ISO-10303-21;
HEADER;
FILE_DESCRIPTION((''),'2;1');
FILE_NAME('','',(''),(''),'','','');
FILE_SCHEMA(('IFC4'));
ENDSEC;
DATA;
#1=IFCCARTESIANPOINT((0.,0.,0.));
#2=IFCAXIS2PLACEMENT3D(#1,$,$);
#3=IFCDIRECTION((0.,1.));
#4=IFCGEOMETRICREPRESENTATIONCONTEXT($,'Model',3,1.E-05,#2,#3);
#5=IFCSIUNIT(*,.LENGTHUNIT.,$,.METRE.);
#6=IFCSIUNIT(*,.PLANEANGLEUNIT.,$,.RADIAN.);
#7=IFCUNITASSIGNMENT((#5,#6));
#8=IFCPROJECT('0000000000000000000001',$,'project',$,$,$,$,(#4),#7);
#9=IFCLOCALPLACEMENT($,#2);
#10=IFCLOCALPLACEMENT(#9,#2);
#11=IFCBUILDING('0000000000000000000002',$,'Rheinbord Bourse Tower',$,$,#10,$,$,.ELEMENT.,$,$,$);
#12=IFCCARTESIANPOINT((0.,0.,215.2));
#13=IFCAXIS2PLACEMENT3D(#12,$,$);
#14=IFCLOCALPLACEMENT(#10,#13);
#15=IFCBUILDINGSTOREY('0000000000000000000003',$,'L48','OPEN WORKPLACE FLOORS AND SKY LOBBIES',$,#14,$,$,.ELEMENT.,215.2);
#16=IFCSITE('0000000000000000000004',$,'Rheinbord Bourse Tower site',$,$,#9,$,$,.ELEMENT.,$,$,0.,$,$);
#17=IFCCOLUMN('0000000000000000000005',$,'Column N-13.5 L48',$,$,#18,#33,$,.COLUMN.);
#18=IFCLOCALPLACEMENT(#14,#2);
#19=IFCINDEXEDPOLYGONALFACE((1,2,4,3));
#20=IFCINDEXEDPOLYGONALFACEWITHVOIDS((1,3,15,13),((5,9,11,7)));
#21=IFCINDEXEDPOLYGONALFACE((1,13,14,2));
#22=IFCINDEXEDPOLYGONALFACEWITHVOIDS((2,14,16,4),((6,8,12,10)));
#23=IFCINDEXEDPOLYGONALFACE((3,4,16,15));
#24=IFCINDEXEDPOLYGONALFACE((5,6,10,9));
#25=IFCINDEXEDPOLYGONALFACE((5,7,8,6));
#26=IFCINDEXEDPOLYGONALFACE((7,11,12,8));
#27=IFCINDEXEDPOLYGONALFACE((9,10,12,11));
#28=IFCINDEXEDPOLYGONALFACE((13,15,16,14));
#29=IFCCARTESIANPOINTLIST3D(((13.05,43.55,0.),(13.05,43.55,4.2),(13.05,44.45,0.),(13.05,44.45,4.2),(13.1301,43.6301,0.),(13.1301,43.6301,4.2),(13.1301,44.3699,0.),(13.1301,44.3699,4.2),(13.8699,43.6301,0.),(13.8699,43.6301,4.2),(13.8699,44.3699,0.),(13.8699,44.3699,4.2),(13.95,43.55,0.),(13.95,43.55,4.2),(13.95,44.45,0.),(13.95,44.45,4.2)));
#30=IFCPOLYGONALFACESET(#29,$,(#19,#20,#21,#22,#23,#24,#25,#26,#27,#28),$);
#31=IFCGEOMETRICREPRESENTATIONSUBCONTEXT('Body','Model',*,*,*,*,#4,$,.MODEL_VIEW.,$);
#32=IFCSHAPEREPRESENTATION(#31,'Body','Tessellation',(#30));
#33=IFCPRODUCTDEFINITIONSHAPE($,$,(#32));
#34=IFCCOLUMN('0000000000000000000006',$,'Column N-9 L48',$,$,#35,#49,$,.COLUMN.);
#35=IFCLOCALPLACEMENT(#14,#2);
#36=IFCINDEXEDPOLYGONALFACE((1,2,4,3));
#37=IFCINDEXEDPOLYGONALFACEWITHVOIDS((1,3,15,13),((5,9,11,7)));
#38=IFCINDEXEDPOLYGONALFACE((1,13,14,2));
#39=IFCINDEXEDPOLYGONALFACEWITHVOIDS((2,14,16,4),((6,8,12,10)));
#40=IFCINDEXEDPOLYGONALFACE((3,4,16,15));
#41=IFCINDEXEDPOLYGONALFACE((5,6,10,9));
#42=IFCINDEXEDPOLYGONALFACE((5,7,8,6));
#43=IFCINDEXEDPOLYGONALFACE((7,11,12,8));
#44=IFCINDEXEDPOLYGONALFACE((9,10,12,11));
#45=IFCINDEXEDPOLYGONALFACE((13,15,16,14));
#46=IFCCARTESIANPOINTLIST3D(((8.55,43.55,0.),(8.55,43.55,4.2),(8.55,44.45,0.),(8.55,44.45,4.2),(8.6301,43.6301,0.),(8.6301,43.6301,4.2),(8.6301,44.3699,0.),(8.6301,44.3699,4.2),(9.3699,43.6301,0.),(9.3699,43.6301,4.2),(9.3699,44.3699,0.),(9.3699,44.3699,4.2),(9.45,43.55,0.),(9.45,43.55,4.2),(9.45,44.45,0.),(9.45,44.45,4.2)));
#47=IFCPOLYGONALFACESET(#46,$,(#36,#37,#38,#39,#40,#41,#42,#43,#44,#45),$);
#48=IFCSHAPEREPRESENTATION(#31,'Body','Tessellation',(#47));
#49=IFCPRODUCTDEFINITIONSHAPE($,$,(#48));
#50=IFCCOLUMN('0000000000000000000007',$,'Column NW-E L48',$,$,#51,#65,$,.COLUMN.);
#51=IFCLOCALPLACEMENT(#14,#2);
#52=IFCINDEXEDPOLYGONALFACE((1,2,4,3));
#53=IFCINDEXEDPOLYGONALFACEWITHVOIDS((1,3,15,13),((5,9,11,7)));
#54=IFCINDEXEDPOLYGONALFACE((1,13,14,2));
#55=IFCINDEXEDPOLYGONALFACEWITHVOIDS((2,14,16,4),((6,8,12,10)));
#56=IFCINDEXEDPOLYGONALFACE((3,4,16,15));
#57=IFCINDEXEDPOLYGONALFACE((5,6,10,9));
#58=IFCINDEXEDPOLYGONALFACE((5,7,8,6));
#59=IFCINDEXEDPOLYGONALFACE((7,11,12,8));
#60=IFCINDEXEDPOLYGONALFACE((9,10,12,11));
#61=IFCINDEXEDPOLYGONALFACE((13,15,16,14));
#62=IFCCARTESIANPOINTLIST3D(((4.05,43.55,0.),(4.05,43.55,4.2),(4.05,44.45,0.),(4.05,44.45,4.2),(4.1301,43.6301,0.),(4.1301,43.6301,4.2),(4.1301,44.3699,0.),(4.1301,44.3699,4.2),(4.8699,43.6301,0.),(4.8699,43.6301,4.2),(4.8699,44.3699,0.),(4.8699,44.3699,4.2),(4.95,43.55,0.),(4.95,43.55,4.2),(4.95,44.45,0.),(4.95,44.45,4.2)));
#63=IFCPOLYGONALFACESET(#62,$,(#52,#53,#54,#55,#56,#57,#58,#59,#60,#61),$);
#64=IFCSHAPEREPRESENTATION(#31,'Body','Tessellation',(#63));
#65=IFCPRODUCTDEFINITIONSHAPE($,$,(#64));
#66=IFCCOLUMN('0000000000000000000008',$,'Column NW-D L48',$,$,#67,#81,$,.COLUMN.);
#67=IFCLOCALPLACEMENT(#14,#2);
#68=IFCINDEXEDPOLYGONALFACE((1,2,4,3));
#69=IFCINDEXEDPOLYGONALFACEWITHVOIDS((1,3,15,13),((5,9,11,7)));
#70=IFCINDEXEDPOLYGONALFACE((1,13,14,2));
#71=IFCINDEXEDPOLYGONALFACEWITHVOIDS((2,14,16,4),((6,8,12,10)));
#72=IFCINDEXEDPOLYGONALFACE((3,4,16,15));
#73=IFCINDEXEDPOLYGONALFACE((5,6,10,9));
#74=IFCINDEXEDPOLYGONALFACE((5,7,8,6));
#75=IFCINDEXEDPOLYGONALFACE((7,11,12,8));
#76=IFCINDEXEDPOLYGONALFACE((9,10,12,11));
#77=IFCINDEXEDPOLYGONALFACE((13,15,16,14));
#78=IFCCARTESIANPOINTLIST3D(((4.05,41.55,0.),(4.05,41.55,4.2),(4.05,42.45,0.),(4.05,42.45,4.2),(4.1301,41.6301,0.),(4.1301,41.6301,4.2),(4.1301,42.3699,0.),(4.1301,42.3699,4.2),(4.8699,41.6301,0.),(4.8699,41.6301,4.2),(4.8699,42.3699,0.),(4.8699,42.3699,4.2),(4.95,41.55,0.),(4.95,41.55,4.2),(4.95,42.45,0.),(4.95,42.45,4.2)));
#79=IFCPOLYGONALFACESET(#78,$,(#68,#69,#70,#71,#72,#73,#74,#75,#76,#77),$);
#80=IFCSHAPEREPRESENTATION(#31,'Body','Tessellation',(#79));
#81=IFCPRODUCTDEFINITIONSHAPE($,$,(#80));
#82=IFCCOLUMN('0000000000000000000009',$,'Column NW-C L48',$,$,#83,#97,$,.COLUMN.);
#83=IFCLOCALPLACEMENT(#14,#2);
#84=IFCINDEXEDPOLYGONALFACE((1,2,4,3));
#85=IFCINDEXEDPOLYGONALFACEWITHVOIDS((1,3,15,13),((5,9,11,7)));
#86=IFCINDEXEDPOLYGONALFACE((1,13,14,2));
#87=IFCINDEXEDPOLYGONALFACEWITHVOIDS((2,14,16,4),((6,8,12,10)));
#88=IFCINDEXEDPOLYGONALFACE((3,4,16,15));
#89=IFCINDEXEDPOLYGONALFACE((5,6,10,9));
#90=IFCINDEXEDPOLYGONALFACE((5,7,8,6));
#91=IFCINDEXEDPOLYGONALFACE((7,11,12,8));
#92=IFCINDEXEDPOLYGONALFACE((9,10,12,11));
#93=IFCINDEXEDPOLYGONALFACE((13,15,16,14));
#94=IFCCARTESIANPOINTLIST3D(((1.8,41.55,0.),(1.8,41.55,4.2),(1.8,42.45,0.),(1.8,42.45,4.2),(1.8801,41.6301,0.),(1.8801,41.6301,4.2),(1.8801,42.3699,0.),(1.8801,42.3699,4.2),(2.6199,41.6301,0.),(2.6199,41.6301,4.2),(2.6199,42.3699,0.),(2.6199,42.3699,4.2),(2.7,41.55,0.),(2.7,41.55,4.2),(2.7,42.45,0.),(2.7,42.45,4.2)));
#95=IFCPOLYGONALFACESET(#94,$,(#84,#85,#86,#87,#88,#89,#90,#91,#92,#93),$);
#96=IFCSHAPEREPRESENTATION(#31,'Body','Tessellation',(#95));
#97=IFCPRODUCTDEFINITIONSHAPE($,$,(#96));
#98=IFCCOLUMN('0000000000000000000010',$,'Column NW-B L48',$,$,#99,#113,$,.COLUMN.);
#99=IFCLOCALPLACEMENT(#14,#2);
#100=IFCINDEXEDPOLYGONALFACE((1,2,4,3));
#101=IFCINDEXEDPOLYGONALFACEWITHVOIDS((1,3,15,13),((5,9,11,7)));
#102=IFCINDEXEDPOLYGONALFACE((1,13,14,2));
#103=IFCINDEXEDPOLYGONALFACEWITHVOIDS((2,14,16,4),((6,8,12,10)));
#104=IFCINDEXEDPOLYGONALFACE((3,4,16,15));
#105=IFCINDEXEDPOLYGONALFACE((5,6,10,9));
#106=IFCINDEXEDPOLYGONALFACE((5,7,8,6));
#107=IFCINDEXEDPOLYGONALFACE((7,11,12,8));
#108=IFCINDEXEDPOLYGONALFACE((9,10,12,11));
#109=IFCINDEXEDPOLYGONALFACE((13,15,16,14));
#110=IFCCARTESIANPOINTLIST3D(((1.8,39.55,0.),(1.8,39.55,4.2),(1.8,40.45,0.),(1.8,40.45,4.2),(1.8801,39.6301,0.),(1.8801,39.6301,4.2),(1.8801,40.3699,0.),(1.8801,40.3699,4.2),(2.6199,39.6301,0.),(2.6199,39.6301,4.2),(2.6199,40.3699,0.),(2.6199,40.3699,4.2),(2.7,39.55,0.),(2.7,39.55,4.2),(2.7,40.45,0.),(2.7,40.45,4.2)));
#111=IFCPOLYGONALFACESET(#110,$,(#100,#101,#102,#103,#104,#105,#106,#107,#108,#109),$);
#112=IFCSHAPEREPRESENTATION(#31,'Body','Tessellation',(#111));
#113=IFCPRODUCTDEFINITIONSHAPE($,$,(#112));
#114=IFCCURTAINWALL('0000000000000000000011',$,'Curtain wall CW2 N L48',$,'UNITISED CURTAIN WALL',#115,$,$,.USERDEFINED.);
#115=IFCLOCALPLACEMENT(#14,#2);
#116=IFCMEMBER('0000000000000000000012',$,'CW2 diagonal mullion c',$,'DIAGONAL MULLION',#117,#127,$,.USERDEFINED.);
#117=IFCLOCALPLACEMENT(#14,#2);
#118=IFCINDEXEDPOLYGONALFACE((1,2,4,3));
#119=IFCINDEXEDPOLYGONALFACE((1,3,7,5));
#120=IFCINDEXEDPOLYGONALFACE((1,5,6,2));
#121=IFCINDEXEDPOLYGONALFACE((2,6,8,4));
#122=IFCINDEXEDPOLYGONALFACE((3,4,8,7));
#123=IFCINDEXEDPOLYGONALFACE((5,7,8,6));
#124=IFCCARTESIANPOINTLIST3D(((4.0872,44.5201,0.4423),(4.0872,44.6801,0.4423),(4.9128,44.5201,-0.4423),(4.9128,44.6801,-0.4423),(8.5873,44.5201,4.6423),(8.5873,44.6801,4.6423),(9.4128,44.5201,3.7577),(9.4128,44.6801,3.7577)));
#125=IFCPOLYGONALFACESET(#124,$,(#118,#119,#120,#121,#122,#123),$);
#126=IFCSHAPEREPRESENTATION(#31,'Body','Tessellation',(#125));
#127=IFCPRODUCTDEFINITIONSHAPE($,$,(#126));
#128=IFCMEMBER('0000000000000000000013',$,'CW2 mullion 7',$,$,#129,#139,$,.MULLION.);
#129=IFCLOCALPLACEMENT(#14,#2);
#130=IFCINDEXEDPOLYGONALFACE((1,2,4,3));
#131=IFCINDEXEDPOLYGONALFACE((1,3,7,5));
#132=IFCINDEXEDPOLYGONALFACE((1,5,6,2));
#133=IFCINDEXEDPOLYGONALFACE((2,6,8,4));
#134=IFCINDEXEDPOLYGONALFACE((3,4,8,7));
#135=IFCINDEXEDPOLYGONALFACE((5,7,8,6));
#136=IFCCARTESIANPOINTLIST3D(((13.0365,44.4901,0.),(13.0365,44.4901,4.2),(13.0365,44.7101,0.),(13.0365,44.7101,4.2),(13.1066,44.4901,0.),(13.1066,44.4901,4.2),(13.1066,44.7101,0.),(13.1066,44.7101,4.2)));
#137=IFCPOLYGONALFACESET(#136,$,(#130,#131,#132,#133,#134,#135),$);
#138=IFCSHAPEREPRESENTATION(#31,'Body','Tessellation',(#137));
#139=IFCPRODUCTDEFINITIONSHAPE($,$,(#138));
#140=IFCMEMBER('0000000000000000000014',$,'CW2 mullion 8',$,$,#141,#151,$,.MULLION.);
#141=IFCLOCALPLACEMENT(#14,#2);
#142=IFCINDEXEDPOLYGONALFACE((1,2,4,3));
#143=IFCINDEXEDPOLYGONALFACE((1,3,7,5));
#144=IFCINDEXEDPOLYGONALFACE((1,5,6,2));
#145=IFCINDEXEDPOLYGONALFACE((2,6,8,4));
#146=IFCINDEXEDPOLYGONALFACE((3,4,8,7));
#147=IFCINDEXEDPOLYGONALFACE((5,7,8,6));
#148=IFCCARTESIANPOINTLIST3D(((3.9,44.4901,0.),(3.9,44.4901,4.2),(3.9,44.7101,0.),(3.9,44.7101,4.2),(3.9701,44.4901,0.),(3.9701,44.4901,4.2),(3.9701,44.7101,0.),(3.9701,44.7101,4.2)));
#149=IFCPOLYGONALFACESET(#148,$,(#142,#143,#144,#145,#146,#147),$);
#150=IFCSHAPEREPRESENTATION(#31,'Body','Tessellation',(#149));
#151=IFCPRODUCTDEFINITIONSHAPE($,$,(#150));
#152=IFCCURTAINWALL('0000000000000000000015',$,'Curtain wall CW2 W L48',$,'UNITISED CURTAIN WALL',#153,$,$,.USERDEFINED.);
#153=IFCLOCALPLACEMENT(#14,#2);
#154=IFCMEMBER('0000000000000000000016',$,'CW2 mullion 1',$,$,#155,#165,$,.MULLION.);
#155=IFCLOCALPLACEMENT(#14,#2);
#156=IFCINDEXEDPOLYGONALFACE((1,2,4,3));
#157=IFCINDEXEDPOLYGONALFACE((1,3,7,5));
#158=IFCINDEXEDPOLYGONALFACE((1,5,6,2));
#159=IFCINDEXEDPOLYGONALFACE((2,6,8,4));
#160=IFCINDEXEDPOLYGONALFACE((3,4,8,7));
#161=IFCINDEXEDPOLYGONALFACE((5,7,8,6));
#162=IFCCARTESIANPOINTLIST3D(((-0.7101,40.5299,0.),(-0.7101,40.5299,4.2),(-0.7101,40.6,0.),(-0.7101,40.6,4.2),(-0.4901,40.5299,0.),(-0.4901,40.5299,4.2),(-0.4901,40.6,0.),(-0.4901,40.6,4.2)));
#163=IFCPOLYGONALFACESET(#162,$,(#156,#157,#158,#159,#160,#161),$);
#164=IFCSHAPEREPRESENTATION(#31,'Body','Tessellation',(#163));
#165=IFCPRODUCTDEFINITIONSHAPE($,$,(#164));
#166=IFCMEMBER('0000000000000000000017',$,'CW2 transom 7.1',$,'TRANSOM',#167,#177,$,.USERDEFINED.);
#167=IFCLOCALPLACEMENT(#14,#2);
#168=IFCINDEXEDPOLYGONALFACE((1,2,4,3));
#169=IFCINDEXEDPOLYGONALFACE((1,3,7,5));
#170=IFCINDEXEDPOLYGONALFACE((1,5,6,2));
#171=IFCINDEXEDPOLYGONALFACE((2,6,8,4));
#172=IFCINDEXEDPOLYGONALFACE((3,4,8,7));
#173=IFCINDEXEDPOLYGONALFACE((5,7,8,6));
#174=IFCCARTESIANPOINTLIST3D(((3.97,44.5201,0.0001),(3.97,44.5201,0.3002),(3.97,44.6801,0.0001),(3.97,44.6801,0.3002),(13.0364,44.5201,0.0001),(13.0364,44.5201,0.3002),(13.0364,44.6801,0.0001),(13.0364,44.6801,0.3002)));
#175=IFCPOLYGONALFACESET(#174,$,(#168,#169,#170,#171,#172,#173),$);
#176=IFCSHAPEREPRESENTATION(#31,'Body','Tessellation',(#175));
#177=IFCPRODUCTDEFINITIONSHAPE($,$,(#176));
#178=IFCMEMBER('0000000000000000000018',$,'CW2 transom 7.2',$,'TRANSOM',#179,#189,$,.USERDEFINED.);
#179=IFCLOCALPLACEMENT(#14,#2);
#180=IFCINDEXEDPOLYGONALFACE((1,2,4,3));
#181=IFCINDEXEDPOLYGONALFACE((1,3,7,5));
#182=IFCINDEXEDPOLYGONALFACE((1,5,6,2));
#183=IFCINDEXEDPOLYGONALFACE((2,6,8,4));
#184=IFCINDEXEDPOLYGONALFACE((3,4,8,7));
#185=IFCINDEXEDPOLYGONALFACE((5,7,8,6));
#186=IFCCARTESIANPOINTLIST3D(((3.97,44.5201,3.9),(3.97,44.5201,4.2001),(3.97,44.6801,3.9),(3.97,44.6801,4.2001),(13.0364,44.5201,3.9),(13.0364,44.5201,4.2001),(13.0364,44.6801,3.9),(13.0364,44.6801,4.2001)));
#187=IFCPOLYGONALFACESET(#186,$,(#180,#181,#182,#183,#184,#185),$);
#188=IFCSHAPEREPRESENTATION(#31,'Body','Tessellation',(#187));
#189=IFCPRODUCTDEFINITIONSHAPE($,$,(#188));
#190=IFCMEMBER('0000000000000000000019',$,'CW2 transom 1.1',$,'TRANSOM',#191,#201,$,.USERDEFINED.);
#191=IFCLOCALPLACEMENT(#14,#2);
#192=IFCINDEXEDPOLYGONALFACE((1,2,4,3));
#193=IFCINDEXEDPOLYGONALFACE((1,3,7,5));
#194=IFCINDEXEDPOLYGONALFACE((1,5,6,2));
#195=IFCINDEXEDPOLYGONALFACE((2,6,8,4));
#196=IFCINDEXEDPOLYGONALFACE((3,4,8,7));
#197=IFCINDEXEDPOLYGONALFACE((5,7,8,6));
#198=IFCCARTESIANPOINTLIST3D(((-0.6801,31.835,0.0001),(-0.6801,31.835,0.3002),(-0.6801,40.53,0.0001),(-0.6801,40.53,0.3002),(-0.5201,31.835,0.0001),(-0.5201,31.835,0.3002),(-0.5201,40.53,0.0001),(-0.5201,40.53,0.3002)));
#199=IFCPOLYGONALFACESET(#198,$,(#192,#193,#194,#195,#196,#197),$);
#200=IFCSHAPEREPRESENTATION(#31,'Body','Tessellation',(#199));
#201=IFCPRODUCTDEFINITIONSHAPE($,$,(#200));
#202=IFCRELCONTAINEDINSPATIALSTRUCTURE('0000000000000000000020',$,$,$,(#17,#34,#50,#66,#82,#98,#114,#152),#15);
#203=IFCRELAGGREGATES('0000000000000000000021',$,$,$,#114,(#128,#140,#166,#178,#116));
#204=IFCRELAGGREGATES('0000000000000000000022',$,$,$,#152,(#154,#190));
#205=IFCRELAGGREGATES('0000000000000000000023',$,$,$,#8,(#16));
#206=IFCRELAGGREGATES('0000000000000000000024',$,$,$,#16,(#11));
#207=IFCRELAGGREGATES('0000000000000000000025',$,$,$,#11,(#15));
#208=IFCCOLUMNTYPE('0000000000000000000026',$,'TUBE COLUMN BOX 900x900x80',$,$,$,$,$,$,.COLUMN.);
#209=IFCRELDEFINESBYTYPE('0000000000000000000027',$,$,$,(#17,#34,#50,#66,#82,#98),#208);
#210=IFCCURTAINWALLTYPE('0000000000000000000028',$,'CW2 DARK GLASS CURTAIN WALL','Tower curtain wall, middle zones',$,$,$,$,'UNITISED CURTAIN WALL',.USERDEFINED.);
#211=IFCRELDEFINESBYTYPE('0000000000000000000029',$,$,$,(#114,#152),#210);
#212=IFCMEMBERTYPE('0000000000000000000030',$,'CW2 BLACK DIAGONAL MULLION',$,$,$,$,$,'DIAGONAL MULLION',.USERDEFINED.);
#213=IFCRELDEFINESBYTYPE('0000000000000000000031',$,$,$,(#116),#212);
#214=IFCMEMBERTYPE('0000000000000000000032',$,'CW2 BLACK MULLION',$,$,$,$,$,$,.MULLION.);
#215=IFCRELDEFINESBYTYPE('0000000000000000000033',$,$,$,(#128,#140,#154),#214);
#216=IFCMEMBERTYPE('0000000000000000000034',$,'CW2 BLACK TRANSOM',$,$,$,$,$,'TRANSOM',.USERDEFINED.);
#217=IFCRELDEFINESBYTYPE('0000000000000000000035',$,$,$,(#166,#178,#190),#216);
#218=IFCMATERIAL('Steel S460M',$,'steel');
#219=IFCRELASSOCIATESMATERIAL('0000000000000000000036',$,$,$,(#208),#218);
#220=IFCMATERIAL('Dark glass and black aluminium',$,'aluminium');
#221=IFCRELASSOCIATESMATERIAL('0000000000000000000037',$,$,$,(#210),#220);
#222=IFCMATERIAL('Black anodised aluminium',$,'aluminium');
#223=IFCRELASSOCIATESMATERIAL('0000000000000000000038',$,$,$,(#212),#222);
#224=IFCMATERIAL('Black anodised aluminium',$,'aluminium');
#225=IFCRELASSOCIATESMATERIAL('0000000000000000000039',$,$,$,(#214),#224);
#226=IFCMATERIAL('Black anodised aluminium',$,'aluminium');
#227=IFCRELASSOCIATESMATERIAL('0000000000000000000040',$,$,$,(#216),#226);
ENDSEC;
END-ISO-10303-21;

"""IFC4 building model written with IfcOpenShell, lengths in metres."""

from ifc_helpers import new_model, si_unit, direction, frame, origin, origin_2d, place, context, subcontext, project, spatial, rectangle, hollow_rectangle, extrude, material, material_profile, profile_set, type_object, element, aggregate, save


model = new_model("IFC4")

# Units and contexts
model_context = context("Model", 3, precision=1e-05, world=origin(), true_north=direction((0.0, 1.0)))
body_context = subcontext(model_context, "Body", "Model", "MODEL_VIEW")
ifc_project = project(units=[si_unit("LENGTHUNIT", "METRE"), si_unit("PLANEANGLEUNIT", "RADIAN")], contexts=[model_context])

# Site, building, storey
site_placement = place(None, origin())
site = spatial("IfcSite", under=ifc_project, at=site_placement, Name="Rheinbord Bourse Tower site", CompositionType="ELEMENT", RefElevation=0.0)
building_placement = place(site_placement, origin())
building = spatial("IfcBuilding", under=site, at=building_placement, Name="Rheinbord Bourse Tower", CompositionType="ELEMENT")
storey_placement = place(building_placement, frame((0.0, 0.0, 215.2)))
storey = spatial("IfcBuildingStorey", under=building, at=storey_placement, Name="L48", Description="OPEN WORKPLACE FLOORS AND SKY LOBBIES", CompositionType="ELEMENT", Elevation=215.2)

# Columns
ifc_material_1 = material(Name="Steel S460M", Category="steel")
ifc_material_profile_1 = material_profile(ifc_material_1, hollow_rectangle(XDim=0.8999, YDim=0.8999, WallThickness=0.0801, at=origin_2d()), Name="BOX 900x900x80")
ifc_profile_set_1 = profile_set([ifc_material_profile_1], Name="Steel S460M")
column_type = type_object("IfcColumnType", Name="TUBE COLUMN BOX 900x900x80", PredefinedType="COLUMN", material=ifc_profile_set_1)
for number, where, z_axis, x_axis, name in (
    (1, (13.5, 44.0, 0.0), (0.0, 0.0, 1.0), (0.0, 1.0, 0.0), "Column N-13.5 L48"),
    (2, (9.0, 44.0, 0.0), (0.0, 0.0, 1.0), (0.0, 1.0, 0.0), "Column N-9 L48"),
    (3, (4.5, 44.0, 0.0), (0.0, 0.0, 1.0), (0.0, 1.0, 0.0), "Column NW-E L48"),
    (4, (4.5, 42.0, 0.0), (0.0, 0.0, 1.0), (0.0, 1.0, 0.0), "Column NW-D L48"),
    (5, (2.25, 42.0, 0.0), (0.0, 0.0, 1.0), (1.0, 0.0, 0.0), "Column NW-C L48"),
    (6, (2.25, 40.0, 0.0), (0.0, 0.0, 1.0), (1.0, 0.0, 0.0), "Column NW-B L48"),
):
    element("IfcColumn", number, at=place(storey_placement, frame(where, z_axis=z_axis, x_axis=x_axis)), inside=storey, type_object=column_type, Name=name, PredefinedType="COLUMN", context=body_context, shape_type="SweptSolid", body=[
        extrude(hollow_rectangle(XDim=0.8999, YDim=0.8999, WallThickness=0.0801, at=origin_2d()), origin(), (0.0, 0.0, 1.0), 4.2),
    ])

# Curtain wall, members
ifc_material_2 = material(Name="Dark glass and black aluminium", Category="aluminium")
curtain_wall_type = type_object("IfcCurtainWallType", Name="CW2 DARK GLASS CURTAIN WALL", Description="Tower curtain wall, middle zones", ElementType="UNITISED CURTAIN WALL", PredefinedType="USERDEFINED", material=ifc_material_2)
curtain_wall_1_placement = place(storey_placement, origin())
curtain_wall_1 = element("IfcCurtainWall", 7, at=curtain_wall_1_placement, inside=storey, type_object=curtain_wall_type, Name="Curtain wall CW2 N L48", ObjectType="UNITISED CURTAIN WALL", PredefinedType="USERDEFINED")
ifc_material_3 = material(Name="Black anodised aluminium", Category="aluminium")
ifc_material_profile_2 = material_profile(ifc_material_3, rectangle(XDim=0.1599, YDim=1.21, at=origin_2d()), Name="CW2 DIAGONAL MULLION 1210x160")
ifc_profile_set_2 = profile_set([ifc_material_profile_2], Name="Black anodised aluminium")
member_type_1 = type_object("IfcMemberType", Name="CW2 BLACK DIAGONAL MULLION", ElementType="DIAGONAL MULLION", PredefinedType="USERDEFINED", material=ifc_profile_set_2)
member_1_placement = place(storey_placement, frame((4.5, 44.6001, 0.0), z_axis=(0.731059, 0.0, 0.682314), x_axis=(0.0, 1.0, 0.0)))
member_1 = element("IfcMember", 8, at=member_1_placement, type_object=member_type_1, Name="CW2 diagonal mullion c", ObjectType="DIAGONAL MULLION", PredefinedType="USERDEFINED", context=body_context, shape_type="SweptSolid", body=[
    extrude(rectangle(XDim=0.1599, YDim=1.21, at=origin_2d()), origin(), (0.0, 0.0, 1.0), 6.1555),
])
ifc_material_4 = material(Name="Black anodised aluminium", Category="aluminium")
ifc_material_profile_3 = material_profile(ifc_material_4, rectangle(XDim=0.22, YDim=0.0701, at=origin_2d()), Name="CW2 MULLION 70x220")
ifc_profile_set_3 = profile_set([ifc_material_profile_3], Name="Black anodised aluminium")
member_type_2 = type_object("IfcMemberType", Name="CW2 BLACK MULLION", PredefinedType="MULLION", material=ifc_profile_set_3)
member_2_placement = place(storey_placement, frame((13.0715, 44.6001, 0.0), z_axis=(0.0, 0.0, 1.0), x_axis=(0.0, -1.0, 0.0)))
member_2 = element("IfcMember", 9, at=member_2_placement, type_object=member_type_2, Name="CW2 mullion 7", PredefinedType="MULLION", context=body_context, shape_type="SweptSolid", body=[
    extrude(rectangle(XDim=0.22, YDim=0.0701, at=origin_2d()), origin(), (0.0, 0.0, 1.0), 4.2),
])
member_3_placement = place(storey_placement, frame((3.9351, 44.6001, 0.0), z_axis=(0.0, 0.0, 1.0), x_axis=(0.0, -1.0, 0.0)))
member_3 = element("IfcMember", 10, at=member_3_placement, type_object=member_type_2, Name="CW2 mullion 8", PredefinedType="MULLION", context=body_context, shape_type="SweptSolid", body=[
    extrude(rectangle(XDim=0.22, YDim=0.0701, at=origin_2d()), origin(), (0.0, 0.0, 1.0), 4.2),
])

# Curtain wall, member
curtain_wall_2_placement = place(storey_placement, origin())
curtain_wall_2 = element("IfcCurtainWall", 11, at=curtain_wall_2_placement, inside=storey, type_object=curtain_wall_type, Name="Curtain wall CW2 W L48", ObjectType="UNITISED CURTAIN WALL", PredefinedType="USERDEFINED")
member_4_placement = place(storey_placement, frame((-0.6001, 40.5649, 0.0), z_axis=(0.0, 0.0, 1.0), x_axis=(1.0, 0.0, 0.0)))
member_4 = element("IfcMember", 12, at=member_4_placement, type_object=member_type_2, Name="CW2 mullion 1", PredefinedType="MULLION", context=body_context, shape_type="SweptSolid", body=[
    extrude(rectangle(XDim=0.22, YDim=0.0701, at=origin_2d()), origin(), (0.0, 0.0, 1.0), 4.2),
])

# Members
ifc_material_5 = material(Name="Black anodised aluminium", Category="aluminium")
ifc_material_profile_4 = material_profile(ifc_material_5, rectangle(XDim=0.1599, YDim=0.3, at=origin_2d()), Name="CW2 TRANSOM 300x160")
ifc_profile_set_4 = profile_set([ifc_material_profile_4], Name="Black anodised aluminium")
member_type_3 = type_object("IfcMemberType", Name="CW2 BLACK TRANSOM", ElementType="TRANSOM", PredefinedType="USERDEFINED", material=ifc_profile_set_4)
member_5_placement = place(storey_placement, frame((13.0364, 44.6001, 0.1501), z_axis=(-1.0, 0.0, 0.0), x_axis=(0.0, -1.0, 0.0)))
member_5 = element("IfcMember", 13, at=member_5_placement, type_object=member_type_3, Name="CW2 transom 7.1", ObjectType="TRANSOM", PredefinedType="USERDEFINED", context=body_context, shape_type="SweptSolid", body=[
    extrude(rectangle(XDim=0.1599, YDim=0.3, at=origin_2d()), origin(), (0.0, 0.0, 1.0), 9.0664),
])
member_6_placement = place(storey_placement, frame((13.0364, 44.6001, 4.05), z_axis=(-1.0, 0.0, 0.0), x_axis=(0.0, -1.0, 0.0)))
member_6 = element("IfcMember", 14, at=member_6_placement, type_object=member_type_3, Name="CW2 transom 7.2", ObjectType="TRANSOM", PredefinedType="USERDEFINED", context=body_context, shape_type="SweptSolid", body=[
    extrude(rectangle(XDim=0.1599, YDim=0.3, at=origin_2d()), origin(), (0.0, 0.0, 1.0), 9.0664),
])
member_7_placement = place(storey_placement, frame((-0.6001, 40.53, 0.1501), z_axis=(0.0, -1.0, 0.0), x_axis=(1.0, 0.0, 0.0)))
member_7 = element("IfcMember", 15, at=member_7_placement, type_object=member_type_3, Name="CW2 transom 1.1", ObjectType="TRANSOM", PredefinedType="USERDEFINED", context=body_context, shape_type="SweptSolid", body=[
    extrude(rectangle(XDim=0.1599, YDim=0.3, at=origin_2d()), origin(), (0.0, 0.0, 1.0), 8.6951),
])

aggregate(curtain_wall_1, [member_2, member_3, member_5, member_6, member_1])
aggregate(curtain_wall_2, [member_4, member_7])

save(model, "model.ifc")
